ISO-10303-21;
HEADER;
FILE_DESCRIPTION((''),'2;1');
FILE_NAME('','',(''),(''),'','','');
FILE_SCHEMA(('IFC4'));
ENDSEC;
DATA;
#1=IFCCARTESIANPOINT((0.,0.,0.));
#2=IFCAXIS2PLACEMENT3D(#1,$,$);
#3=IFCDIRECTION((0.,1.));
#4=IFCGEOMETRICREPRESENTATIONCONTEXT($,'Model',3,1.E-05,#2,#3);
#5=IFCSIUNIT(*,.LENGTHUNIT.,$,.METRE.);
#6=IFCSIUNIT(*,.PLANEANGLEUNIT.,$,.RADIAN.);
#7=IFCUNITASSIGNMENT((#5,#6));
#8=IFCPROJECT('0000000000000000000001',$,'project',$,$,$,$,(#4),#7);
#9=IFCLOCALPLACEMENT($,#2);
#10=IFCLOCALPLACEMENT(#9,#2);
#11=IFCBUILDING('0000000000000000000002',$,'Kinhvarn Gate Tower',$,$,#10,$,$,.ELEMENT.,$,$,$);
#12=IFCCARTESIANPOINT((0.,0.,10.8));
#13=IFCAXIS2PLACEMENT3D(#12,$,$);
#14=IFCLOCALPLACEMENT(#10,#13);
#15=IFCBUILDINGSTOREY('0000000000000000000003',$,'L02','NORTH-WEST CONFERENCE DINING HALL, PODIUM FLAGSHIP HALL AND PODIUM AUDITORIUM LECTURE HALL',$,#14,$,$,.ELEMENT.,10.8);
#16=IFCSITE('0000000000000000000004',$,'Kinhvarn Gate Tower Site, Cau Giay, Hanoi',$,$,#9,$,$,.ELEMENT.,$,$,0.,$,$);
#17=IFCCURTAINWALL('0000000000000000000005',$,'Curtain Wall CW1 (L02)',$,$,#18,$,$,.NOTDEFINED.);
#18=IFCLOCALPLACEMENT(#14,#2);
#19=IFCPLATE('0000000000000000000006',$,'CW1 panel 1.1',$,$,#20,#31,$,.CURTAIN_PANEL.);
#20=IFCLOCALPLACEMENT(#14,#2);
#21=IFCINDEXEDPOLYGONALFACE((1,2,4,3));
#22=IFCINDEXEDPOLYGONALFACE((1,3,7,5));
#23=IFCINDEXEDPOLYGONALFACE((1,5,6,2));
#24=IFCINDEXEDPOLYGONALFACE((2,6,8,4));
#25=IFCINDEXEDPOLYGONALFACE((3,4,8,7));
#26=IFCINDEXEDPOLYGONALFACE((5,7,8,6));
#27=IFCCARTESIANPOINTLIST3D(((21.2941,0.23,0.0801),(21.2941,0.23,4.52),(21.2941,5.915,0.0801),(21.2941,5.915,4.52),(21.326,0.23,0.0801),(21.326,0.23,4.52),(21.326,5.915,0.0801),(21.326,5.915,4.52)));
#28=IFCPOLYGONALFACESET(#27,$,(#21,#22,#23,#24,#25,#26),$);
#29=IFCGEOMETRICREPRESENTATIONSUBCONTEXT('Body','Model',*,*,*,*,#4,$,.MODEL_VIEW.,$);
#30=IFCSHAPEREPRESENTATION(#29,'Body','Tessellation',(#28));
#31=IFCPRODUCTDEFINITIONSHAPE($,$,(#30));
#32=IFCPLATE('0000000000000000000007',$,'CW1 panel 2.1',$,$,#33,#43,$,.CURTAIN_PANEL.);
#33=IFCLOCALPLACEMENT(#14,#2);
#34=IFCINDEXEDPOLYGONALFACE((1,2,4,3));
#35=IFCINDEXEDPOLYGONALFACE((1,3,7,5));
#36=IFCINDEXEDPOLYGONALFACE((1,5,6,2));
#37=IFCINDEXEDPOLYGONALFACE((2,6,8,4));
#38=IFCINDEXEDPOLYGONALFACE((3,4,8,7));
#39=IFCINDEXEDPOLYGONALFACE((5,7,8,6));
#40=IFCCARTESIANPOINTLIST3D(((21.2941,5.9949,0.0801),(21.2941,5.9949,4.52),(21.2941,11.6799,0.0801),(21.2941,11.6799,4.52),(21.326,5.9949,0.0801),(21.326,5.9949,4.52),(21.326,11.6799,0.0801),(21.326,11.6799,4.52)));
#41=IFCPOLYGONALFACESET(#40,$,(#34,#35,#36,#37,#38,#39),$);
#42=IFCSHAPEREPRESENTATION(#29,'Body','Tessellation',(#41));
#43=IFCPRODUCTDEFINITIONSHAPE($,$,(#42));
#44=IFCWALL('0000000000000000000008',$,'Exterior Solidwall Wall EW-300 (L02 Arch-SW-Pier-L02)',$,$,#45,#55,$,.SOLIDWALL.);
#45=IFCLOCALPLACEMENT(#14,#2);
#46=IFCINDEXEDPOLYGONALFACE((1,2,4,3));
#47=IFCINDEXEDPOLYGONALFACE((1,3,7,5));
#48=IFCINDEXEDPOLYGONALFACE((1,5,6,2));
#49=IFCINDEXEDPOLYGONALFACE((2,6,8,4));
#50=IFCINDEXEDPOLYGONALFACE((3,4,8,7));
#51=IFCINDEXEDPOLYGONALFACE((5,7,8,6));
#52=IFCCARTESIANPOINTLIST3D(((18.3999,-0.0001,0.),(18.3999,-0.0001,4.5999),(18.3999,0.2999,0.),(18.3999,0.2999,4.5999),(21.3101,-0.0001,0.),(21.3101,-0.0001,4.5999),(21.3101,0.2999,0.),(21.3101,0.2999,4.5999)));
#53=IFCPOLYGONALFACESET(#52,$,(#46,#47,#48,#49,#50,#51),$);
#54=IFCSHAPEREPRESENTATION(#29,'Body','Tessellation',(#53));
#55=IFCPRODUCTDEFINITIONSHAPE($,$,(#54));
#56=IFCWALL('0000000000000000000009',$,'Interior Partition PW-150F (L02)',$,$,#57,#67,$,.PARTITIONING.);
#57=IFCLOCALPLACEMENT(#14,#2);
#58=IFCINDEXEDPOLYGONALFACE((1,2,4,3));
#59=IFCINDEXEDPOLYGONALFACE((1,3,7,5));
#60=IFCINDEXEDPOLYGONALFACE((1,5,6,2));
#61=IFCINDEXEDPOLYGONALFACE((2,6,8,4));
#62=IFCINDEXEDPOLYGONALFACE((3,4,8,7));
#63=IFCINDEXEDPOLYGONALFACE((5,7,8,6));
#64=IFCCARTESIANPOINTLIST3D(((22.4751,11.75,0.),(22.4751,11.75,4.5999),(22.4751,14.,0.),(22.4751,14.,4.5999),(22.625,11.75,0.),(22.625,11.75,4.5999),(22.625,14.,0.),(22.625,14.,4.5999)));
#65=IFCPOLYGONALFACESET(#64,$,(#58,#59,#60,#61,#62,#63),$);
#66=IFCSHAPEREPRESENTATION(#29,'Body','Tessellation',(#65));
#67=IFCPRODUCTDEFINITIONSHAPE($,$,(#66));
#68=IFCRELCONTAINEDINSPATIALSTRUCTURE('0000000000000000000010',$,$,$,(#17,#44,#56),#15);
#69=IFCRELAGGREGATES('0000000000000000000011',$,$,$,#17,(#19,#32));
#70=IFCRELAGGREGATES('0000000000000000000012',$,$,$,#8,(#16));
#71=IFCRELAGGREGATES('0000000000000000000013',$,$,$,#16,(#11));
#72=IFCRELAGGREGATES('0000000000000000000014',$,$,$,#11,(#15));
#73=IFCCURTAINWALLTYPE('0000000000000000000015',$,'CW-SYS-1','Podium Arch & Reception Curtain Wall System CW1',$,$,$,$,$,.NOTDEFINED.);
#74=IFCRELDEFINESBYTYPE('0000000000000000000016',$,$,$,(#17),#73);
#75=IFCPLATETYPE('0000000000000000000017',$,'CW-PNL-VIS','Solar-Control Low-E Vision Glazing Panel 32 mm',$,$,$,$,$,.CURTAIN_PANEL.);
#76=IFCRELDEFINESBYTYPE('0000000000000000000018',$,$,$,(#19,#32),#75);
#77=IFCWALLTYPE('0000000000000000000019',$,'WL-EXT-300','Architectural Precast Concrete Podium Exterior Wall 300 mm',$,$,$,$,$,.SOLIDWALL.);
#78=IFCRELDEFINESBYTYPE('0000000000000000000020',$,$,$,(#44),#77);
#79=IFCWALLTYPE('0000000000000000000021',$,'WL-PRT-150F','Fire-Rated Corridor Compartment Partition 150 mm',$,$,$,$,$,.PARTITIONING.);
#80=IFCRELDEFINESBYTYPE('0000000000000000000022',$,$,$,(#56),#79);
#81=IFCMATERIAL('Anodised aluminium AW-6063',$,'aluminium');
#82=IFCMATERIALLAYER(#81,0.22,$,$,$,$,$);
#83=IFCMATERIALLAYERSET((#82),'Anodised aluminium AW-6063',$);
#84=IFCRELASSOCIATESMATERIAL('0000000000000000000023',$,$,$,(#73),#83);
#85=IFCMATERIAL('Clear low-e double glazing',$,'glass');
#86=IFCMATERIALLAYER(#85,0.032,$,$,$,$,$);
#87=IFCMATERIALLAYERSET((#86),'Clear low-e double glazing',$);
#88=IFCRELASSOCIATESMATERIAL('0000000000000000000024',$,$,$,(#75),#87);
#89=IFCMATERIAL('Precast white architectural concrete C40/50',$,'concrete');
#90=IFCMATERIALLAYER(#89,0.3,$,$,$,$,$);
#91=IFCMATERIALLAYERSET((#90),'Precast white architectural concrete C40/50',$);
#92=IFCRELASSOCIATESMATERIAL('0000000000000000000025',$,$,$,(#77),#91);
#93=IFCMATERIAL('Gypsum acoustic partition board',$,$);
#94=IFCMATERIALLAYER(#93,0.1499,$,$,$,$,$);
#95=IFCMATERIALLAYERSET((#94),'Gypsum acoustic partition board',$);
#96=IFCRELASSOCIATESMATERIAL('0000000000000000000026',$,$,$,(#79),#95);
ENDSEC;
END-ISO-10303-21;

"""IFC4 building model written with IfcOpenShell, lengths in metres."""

from ifc_helpers import new_model, si_unit, direction, frame, frame_2d, origin, origin_2d, place, context, subcontext, project, spatial, rectangle, extrude, material, layer, layer_set, type_object, element, aggregate, save


model = new_model("IFC4")

# Units and contexts
model_context = context("Model", 3, precision=1e-05, world=origin(), true_north=direction((0.0, 1.0)))
body_context = subcontext(model_context, "Body", "Model", "MODEL_VIEW")
ifc_project = project(units=[si_unit("LENGTHUNIT", "METRE"), si_unit("PLANEANGLEUNIT", "RADIAN")], contexts=[model_context])

# Site, building, storey
site_placement = place(None, origin())
site = spatial("IfcSite", under=ifc_project, at=site_placement, Name="Kinhvarn Gate Tower Site, Cau Giay, Hanoi", CompositionType="ELEMENT", RefElevation=0.0)
building_placement = place(site_placement, origin())
building = spatial("IfcBuilding", under=site, at=building_placement, Name="Kinhvarn Gate Tower", CompositionType="ELEMENT")
storey_placement = place(building_placement, frame((0.0, 0.0, 10.8)))
storey = spatial("IfcBuildingStorey", under=building, at=storey_placement, Name="L02", Description="NORTH-WEST CONFERENCE DINING HALL, PODIUM FLAGSHIP HALL AND PODIUM AUDITORIUM LECTURE HALL", CompositionType="ELEMENT", Elevation=10.8)

# Curtain wall
ifc_material_1 = material(Name="Anodised aluminium AW-6063", Category="aluminium")
ifc_layer_1 = layer(ifc_material_1, 0.22)
ifc_layer_set_1 = layer_set([ifc_layer_1], Name="Anodised aluminium AW-6063")
curtain_wall_type = type_object("IfcCurtainWallType", Name="CW-SYS-1", Description="Podium Arch & Reception Curtain Wall System CW1", PredefinedType="NOTDEFINED", material=ifc_layer_set_1)
curtain_wall_1_placement = place(storey_placement, origin())
curtain_wall_1 = element("IfcCurtainWall", 1, at=curtain_wall_1_placement, inside=storey, type_object=curtain_wall_type, Name="Curtain Wall CW1 (L02)", PredefinedType="NOTDEFINED")

# Plates
ifc_material_2 = material(Name="Clear low-e double glazing", Category="glass")
ifc_layer_2 = layer(ifc_material_2, 0.032)
ifc_layer_set_2 = layer_set([ifc_layer_2], Name="Clear low-e double glazing")
plate_type = type_object("IfcPlateType", Name="CW-PNL-VIS", Description="Solar-Control Low-E Vision Glazing Panel 32 mm", PredefinedType="CURTAIN_PANEL", material=ifc_layer_set_2)
plate_1_placement = place(storey_placement, frame((21.3101, 3.0725, 0.0801), z_axis=(0.0, 0.0, 1.0), x_axis=(0.0, 1.0, 0.0)))
plate_1 = element("IfcPlate", 2, at=plate_1_placement, type_object=plate_type, Name="CW1 panel 1.1", PredefinedType="CURTAIN_PANEL", context=body_context, shape_type="SweptSolid", body=[
    extrude(rectangle(XDim=5.6851, YDim=0.032, at=origin_2d()), origin(), (0.0, 0.0, 1.0), 4.4399),
])
plate_2_placement = place(storey_placement, frame((21.3101, 8.8374, 0.0801), z_axis=(0.0, 0.0, 1.0), x_axis=(0.0, 1.0, 0.0)))
plate_2 = element("IfcPlate", 3, at=plate_2_placement, type_object=plate_type, Name="CW1 panel 2.1", PredefinedType="CURTAIN_PANEL", context=body_context, shape_type="SweptSolid", body=[
    extrude(rectangle(XDim=5.6851, YDim=0.032, at=origin_2d()), origin(), (0.0, 0.0, 1.0), 4.4399),
])
aggregate(curtain_wall_1, [plate_1, plate_2])

# Walls
ifc_material_3 = material(Name="Precast white architectural concrete C40/50", Category="concrete")
ifc_layer_3 = layer(ifc_material_3, 0.3)
ifc_layer_set_3 = layer_set([ifc_layer_3], Name="Precast white architectural concrete C40/50")
wall_type_1 = type_object("IfcWallType", Name="WL-EXT-300", Description="Architectural Precast Concrete Podium Exterior Wall 300 mm", PredefinedType="SOLIDWALL", material=ifc_layer_set_3)
wall_1_placement = place(storey_placement, frame((18.3999, 0.1499, 0.0), z_axis=(0.0, 0.0, 1.0), x_axis=(1.0, 0.0, 0.0)))
element("IfcWall", 4, at=wall_1_placement, inside=storey, type_object=wall_type_1, Name="Exterior Solidwall Wall EW-300 (L02 Arch-SW-Pier-L02)", PredefinedType="SOLIDWALL", context=body_context, shape_type="SweptSolid", body=[
    extrude(rectangle(XDim=2.9102, YDim=0.3, at=frame_2d((1.4551, 0.0))), origin(), (0.0, 0.0, 1.0), 4.5999),
])
ifc_material_4 = material(Name="Gypsum acoustic partition board")
ifc_layer_4 = layer(ifc_material_4, 0.1499)
ifc_layer_set_4 = layer_set([ifc_layer_4], Name="Gypsum acoustic partition board")
wall_type_2 = type_object("IfcWallType", Name="WL-PRT-150F", Description="Fire-Rated Corridor Compartment Partition 150 mm", PredefinedType="PARTITIONING", material=ifc_layer_set_4)
wall_2_placement = place(storey_placement, frame((22.55, 11.75, 0.0), z_axis=(0.0, 0.0, 1.0), x_axis=(0.0, 1.0, 0.0)))
element("IfcWall", 5, at=wall_2_placement, inside=storey, type_object=wall_type_2, Name="Interior Partition PW-150F (L02)", PredefinedType="PARTITIONING", context=body_context, shape_type="SweptSolid", body=[
    extrude(rectangle(XDim=2.25, YDim=0.1499, at=frame_2d((1.125, 0.0))), origin(), (0.0, 0.0, 1.0), 4.5999),
])

save(model, "model.ifc")
